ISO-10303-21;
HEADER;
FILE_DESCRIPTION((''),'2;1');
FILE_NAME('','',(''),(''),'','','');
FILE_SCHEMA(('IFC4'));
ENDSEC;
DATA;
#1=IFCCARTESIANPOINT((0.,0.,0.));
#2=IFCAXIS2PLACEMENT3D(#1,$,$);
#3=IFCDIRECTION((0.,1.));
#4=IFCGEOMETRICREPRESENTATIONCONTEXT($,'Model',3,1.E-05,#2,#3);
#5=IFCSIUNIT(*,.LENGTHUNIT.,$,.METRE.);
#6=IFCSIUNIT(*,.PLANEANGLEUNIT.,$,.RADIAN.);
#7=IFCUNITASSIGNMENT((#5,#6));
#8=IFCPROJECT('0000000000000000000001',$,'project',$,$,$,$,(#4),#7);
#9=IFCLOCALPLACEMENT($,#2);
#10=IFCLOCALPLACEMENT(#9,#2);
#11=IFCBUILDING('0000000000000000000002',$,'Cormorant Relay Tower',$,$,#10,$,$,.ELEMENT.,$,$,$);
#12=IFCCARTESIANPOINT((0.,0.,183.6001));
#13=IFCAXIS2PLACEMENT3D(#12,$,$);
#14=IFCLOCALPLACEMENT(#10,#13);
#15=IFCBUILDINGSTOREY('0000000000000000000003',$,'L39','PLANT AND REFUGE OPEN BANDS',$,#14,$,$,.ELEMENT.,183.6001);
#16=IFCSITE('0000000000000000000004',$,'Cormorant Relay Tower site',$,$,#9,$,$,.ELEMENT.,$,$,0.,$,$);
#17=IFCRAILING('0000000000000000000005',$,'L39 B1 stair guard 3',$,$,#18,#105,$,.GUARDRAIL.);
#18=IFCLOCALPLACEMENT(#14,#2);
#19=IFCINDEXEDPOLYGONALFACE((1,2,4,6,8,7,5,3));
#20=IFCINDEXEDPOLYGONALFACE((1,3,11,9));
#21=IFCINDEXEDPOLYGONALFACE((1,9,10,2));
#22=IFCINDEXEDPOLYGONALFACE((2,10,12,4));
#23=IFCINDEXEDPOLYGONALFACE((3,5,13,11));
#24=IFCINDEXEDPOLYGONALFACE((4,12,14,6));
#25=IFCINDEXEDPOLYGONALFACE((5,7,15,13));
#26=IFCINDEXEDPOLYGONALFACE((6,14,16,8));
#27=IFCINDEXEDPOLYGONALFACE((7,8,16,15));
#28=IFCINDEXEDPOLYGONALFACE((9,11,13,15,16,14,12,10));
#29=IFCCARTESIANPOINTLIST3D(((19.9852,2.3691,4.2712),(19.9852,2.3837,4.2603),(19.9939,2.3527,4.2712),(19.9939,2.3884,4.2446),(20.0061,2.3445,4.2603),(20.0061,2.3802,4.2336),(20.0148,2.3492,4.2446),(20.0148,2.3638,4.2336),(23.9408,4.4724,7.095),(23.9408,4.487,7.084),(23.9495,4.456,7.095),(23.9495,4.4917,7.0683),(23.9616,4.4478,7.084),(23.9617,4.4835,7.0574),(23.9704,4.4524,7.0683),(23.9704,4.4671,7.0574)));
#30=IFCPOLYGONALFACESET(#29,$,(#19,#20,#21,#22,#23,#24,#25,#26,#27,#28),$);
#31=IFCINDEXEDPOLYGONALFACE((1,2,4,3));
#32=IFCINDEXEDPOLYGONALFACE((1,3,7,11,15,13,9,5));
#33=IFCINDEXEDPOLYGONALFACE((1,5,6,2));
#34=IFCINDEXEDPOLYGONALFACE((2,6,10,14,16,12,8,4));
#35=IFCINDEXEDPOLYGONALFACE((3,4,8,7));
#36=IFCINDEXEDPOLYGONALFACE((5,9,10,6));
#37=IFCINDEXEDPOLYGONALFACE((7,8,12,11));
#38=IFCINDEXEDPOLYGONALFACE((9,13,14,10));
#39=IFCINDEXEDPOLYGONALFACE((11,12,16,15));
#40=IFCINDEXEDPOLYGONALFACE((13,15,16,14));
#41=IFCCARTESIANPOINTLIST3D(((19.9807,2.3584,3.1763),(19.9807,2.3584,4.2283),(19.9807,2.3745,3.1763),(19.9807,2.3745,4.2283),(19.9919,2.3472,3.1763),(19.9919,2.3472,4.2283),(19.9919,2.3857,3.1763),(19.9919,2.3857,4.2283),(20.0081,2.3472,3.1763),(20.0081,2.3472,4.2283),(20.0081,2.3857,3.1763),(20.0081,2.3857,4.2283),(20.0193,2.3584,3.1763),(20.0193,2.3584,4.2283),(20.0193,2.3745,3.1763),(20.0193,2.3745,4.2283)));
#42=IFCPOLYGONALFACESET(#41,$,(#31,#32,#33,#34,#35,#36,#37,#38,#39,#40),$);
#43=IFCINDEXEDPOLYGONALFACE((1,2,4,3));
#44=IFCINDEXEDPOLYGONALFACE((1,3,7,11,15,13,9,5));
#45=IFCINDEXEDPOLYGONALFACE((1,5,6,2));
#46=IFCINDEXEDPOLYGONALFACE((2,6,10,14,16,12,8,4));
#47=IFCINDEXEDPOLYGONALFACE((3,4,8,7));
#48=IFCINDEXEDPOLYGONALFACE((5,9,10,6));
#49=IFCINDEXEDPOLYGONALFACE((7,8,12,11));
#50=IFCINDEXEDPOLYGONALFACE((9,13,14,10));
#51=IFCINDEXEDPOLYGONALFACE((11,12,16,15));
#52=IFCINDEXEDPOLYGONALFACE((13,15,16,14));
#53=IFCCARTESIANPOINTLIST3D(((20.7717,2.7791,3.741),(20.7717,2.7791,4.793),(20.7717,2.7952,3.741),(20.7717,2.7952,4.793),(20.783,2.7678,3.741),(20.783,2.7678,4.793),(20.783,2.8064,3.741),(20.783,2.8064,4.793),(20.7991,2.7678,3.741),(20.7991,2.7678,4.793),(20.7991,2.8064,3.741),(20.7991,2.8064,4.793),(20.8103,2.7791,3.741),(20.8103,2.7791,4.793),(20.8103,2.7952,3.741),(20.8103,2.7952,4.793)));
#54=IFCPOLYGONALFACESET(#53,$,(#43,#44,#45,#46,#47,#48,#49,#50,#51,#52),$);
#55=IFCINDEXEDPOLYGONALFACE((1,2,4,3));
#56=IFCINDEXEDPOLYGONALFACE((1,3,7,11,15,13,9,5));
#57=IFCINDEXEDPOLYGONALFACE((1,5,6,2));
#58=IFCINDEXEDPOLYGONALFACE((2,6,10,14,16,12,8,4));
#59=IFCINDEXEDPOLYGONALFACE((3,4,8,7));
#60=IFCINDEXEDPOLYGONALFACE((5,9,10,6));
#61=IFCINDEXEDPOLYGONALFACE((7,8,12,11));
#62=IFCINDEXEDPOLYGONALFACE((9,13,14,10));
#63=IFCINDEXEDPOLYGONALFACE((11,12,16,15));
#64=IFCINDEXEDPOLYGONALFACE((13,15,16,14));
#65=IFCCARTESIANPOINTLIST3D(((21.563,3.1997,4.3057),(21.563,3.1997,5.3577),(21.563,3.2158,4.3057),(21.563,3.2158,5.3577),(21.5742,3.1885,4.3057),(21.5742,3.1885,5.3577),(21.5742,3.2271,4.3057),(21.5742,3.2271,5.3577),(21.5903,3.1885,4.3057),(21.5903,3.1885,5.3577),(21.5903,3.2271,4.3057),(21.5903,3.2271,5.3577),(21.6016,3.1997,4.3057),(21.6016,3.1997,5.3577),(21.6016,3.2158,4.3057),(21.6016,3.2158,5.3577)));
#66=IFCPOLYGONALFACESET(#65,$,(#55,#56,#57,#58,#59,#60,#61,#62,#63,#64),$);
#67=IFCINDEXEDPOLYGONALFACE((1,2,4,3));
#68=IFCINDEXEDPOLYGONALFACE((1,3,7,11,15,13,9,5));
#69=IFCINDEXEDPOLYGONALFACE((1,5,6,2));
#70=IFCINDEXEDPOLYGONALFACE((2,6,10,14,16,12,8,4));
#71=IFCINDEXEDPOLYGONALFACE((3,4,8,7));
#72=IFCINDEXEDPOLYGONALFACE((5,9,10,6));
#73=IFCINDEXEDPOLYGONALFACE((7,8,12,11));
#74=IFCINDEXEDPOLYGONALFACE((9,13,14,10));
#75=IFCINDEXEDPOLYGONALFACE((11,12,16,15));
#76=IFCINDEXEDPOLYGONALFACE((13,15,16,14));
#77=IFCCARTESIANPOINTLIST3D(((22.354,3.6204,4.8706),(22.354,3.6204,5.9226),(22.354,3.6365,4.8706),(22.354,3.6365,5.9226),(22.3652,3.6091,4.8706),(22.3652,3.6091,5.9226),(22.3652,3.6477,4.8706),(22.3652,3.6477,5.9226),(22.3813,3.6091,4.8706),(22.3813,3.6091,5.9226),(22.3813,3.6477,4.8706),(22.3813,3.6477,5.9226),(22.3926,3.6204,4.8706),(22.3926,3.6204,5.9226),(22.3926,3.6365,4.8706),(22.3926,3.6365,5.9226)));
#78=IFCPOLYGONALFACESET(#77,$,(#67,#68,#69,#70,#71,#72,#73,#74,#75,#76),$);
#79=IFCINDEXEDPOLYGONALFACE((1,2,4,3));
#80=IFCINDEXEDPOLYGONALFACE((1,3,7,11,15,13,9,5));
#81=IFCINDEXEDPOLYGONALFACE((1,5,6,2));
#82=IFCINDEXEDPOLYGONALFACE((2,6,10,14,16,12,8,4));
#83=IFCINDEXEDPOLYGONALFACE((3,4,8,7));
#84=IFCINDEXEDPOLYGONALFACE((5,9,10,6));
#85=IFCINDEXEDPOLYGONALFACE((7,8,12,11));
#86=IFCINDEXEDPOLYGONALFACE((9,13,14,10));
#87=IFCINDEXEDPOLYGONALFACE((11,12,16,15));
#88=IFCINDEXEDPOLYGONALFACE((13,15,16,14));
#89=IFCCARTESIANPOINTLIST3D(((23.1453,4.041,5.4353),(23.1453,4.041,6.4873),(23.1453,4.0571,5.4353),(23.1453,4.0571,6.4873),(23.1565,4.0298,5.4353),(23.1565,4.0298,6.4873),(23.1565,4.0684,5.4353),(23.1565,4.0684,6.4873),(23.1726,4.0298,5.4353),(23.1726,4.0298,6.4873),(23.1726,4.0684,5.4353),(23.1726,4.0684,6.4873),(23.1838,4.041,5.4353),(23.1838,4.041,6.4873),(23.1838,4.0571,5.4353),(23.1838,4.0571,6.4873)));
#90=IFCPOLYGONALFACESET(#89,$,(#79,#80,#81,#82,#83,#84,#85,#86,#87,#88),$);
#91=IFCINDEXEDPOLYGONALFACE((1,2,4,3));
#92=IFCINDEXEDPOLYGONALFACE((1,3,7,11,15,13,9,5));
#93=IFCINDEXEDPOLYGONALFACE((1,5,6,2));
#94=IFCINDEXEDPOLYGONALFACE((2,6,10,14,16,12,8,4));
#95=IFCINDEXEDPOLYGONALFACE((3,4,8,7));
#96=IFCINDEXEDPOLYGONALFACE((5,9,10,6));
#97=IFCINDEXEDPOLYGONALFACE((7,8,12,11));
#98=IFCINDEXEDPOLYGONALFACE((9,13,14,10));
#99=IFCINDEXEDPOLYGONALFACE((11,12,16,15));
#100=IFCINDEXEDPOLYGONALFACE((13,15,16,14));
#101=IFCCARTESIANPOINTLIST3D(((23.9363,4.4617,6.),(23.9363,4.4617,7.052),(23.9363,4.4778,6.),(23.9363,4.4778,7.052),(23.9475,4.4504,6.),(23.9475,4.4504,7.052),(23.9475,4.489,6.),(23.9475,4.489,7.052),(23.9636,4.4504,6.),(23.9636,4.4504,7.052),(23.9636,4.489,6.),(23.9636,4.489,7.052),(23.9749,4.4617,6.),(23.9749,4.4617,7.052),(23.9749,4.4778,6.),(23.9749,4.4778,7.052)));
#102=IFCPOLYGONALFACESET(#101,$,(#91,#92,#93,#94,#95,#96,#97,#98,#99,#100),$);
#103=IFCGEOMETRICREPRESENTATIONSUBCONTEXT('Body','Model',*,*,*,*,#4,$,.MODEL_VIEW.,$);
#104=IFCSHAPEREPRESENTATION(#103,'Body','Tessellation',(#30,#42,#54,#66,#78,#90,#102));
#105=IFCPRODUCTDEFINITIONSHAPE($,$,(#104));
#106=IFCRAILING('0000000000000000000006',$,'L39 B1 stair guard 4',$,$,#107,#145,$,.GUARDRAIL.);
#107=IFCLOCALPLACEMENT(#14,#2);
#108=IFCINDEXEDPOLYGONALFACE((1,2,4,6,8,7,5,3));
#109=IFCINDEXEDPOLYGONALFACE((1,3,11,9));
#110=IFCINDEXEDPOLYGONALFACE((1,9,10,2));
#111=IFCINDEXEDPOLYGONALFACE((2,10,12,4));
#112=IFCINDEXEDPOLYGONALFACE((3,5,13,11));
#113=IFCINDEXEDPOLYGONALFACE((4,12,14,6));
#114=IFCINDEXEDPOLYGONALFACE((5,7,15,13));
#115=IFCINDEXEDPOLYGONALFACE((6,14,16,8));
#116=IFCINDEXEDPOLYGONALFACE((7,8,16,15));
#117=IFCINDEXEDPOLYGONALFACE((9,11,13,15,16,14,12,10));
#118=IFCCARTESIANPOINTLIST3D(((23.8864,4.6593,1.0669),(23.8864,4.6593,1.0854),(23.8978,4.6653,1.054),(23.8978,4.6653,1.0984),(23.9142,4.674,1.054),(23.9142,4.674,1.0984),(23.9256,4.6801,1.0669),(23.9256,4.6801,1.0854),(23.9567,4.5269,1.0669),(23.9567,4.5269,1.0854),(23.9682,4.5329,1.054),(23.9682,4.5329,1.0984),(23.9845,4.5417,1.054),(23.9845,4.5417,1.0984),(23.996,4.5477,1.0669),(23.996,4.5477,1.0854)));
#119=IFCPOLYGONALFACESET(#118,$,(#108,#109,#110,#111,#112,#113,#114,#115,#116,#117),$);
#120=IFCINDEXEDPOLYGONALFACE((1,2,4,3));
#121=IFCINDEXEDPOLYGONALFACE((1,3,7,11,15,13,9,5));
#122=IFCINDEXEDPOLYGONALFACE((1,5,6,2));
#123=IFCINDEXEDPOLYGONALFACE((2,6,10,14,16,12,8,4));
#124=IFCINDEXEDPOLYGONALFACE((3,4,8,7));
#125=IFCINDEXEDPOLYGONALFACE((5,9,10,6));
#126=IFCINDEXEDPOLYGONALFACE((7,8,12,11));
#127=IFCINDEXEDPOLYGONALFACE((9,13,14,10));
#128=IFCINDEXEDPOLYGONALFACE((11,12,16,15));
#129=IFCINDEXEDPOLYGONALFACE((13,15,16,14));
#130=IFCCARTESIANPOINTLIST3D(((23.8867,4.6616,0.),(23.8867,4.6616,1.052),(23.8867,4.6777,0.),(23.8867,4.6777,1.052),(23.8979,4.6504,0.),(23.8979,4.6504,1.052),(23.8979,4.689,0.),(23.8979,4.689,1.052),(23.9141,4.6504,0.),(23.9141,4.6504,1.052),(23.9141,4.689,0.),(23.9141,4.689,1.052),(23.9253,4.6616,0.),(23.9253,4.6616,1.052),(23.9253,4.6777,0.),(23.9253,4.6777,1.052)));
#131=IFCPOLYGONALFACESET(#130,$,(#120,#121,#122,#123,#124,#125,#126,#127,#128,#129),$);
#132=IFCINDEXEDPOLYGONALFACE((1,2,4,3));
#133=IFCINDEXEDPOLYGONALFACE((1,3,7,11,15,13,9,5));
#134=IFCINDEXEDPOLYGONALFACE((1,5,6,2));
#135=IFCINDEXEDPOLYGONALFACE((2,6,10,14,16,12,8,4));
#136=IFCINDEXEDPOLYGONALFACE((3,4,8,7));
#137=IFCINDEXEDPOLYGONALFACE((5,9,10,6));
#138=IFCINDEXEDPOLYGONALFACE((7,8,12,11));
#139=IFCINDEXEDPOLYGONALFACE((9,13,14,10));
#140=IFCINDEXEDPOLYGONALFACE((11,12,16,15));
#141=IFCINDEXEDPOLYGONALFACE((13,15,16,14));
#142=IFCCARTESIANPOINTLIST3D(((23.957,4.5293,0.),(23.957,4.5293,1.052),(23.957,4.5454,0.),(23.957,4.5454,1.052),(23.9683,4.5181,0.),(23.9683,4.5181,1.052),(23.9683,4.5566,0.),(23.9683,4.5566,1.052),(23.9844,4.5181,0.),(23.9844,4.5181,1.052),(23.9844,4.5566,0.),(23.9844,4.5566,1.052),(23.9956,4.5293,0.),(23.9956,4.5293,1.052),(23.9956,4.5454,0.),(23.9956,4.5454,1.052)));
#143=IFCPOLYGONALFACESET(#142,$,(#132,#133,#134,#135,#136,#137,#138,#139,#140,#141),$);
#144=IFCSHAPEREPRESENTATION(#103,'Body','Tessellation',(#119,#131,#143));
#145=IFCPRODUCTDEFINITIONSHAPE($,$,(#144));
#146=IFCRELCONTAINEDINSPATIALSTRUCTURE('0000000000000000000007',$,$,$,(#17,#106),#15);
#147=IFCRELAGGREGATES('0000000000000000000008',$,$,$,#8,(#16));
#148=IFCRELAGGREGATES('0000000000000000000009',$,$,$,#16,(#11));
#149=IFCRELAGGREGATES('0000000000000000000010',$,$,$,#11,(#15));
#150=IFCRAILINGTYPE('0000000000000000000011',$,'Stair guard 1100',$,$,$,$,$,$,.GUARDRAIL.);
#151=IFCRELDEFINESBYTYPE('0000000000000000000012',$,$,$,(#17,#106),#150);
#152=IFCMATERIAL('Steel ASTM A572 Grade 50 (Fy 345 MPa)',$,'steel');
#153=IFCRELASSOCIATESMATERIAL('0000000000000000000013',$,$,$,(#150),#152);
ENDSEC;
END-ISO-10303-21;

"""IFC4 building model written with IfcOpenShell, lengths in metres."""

from ifc_helpers import new_model, si_unit, direction, frame, origin, place, context, subcontext, project, spatial, polyline, outline, extrude, material, type_object, element, save


model = new_model("IFC4")

# Units and contexts
model_context = context("Model", 3, precision=1e-05, world=origin(), true_north=direction((0.0, 1.0)))
body_context = subcontext(model_context, "Body", "Model", "MODEL_VIEW")
ifc_project = project(units=[si_unit("LENGTHUNIT", "METRE"), si_unit("PLANEANGLEUNIT", "RADIAN")], contexts=[model_context])

# Site, building, storey
site_placement = place(None, origin())
site = spatial("IfcSite", under=ifc_project, at=site_placement, Name="Cormorant Relay Tower site", CompositionType="ELEMENT", RefElevation=0.0)
building_placement = place(site_placement, origin())
building = spatial("IfcBuilding", under=site, at=building_placement, Name="Cormorant Relay Tower", CompositionType="ELEMENT")
storey_placement = place(building_placement, frame((0.0, 0.0, 183.6001)))
storey = spatial("IfcBuildingStorey", under=building, at=storey_placement, Name="L39", Description="PLANT AND REFUGE OPEN BANDS", CompositionType="ELEMENT", Elevation=183.6001)

# Railings
ifc_material_1 = material(Name="Steel ASTM A572 Grade 50 (Fy 345 MPa)", Category="steel")
railing_type_1 = type_object("IfcRailingType", Name="Stair guard 1100", PredefinedType="GUARDRAIL", material=ifc_material_1)
railing_1_placement = place(storey_placement, frame((20.0, 2.3665, 3.1763)))
element("IfcRailing", 1, at=railing_1_placement, inside=storey, type_object=railing_type_1, Name="L39 B1 stair guard 3", PredefinedType="GUARDRAIL", context=body_context, shape_type="SweptSolid", body=[
    extrude(outline(polyline([(0.0222, 0.0093), (0.0093, 0.0222), (-0.0093, 0.0222), (-0.0222, 0.0093), (-0.0222, -0.0093), (-0.0093, -0.0222), (0.0093, -0.0222), (0.0222, -0.0093), (0.0222, 0.0093)])), frame((0.0, 0.0, 1.0762), z_axis=(0.746949, 0.397171, 0.533219), x_axis=(-0.469482, 0.882942, 0.0)), (0.0, 0.0, 1.0), 5.2957),
    extrude(outline(polyline([(0.0193, 0.0081), (0.0081, 0.0193), (-0.0081, 0.0193), (-0.0193, 0.0081), (-0.0193, -0.0081), (-0.0081, -0.0193), (0.0081, -0.0193), (0.0193, -0.0081), (0.0193, 0.0081)])), origin(), (0.0, 0.0, 1.0), 1.052),
    extrude(outline(polyline([(0.0193, 0.0081), (0.0081, 0.0193), (-0.0081, 0.0193), (-0.0193, 0.0081), (-0.0193, -0.0081), (-0.0081, -0.0193), (0.0081, -0.0193), (0.0193, -0.0081), (0.0193, 0.0081)])), frame((0.791, 0.4207, 0.5647)), (0.0, 0.0, 1.0), 1.052),
    extrude(outline(polyline([(0.0193, 0.0081), (0.0081, 0.0193), (-0.0081, 0.0193), (-0.0193, 0.0081), (-0.0193, -0.0081), (-0.0081, -0.0193), (0.0081, -0.0193), (0.0193, -0.0081), (0.0193, 0.0081)])), frame((1.5823, 0.8413, 1.1294)), (0.0, 0.0, 1.0), 1.052),
    extrude(outline(polyline([(0.0193, 0.0081), (0.0081, 0.0193), (-0.0081, 0.0193), (-0.0193, 0.0081), (-0.0193, -0.0081), (-0.0081, -0.0193), (0.0081, -0.0193), (0.0193, -0.0081), (0.0193, 0.0081)])), frame((2.3733, 1.262, 1.6943)), (0.0, 0.0, 1.0), 1.052),
    extrude(outline(polyline([(0.0193, 0.0081), (0.0081, 0.0193), (-0.0081, 0.0193), (-0.0193, 0.0081), (-0.0193, -0.0081), (-0.0081, -0.0193), (0.0081, -0.0193), (0.0193, -0.0081), (0.0193, 0.0081)])), frame((3.1646, 1.6826, 2.259)), (0.0, 0.0, 1.0), 1.052),
    extrude(outline(polyline([(0.0193, 0.0081), (0.0081, 0.0193), (-0.0081, 0.0193), (-0.0193, 0.0081), (-0.0193, -0.0081), (-0.0081, -0.0193), (0.0081, -0.0193), (0.0193, -0.0081), (0.0193, 0.0081)])), frame((3.9556, 2.1033, 2.8237)), (0.0, 0.0, 1.0), 1.052),
])
railing_2_placement = place(storey_placement, frame((23.906, 4.6697, 0.0)))
element("IfcRailing", 2, at=railing_2_placement, inside=storey, type_object=railing_type_1, Name="L39 B1 stair guard 4", PredefinedType="GUARDRAIL", context=body_context, shape_type="SweptSolid", body=[
    extrude(outline(polyline([(0.0222, 0.0093), (0.0093, 0.0222), (-0.0093, 0.0222), (-0.0222, 0.0093), (-0.0222, -0.0093), (-0.0093, -0.0222), (0.0093, -0.0222), (0.0222, -0.0093), (0.0222, 0.0093)])), frame((0.0, 0.0, 1.0762), z_axis=(0.469235, -0.883074, 0.0), x_axis=(0.883074, 0.469235, 0.0)), (0.0, 0.0, 1.0), 0.1499),
    extrude(outline(polyline([(0.0193, 0.0081), (0.0081, 0.0193), (-0.0081, 0.0193), (-0.0193, 0.0081), (-0.0193, -0.0081), (-0.0081, -0.0193), (0.0081, -0.0193), (0.0193, -0.0081), (0.0193, 0.0081)])), origin(), (0.0, 0.0, 1.0), 1.052),
    extrude(outline(polyline([(0.0193, 0.0081), (0.0081, 0.0193), (-0.0081, 0.0193), (-0.0193, 0.0081), (-0.0193, -0.0081), (-0.0081, -0.0193), (0.0081, -0.0193), (0.0193, -0.0081), (0.0193, 0.0081)])), frame((0.0703, -0.1323, 0.0)), (0.0, 0.0, 1.0), 1.052),
])

save(model, "model.ifc")
